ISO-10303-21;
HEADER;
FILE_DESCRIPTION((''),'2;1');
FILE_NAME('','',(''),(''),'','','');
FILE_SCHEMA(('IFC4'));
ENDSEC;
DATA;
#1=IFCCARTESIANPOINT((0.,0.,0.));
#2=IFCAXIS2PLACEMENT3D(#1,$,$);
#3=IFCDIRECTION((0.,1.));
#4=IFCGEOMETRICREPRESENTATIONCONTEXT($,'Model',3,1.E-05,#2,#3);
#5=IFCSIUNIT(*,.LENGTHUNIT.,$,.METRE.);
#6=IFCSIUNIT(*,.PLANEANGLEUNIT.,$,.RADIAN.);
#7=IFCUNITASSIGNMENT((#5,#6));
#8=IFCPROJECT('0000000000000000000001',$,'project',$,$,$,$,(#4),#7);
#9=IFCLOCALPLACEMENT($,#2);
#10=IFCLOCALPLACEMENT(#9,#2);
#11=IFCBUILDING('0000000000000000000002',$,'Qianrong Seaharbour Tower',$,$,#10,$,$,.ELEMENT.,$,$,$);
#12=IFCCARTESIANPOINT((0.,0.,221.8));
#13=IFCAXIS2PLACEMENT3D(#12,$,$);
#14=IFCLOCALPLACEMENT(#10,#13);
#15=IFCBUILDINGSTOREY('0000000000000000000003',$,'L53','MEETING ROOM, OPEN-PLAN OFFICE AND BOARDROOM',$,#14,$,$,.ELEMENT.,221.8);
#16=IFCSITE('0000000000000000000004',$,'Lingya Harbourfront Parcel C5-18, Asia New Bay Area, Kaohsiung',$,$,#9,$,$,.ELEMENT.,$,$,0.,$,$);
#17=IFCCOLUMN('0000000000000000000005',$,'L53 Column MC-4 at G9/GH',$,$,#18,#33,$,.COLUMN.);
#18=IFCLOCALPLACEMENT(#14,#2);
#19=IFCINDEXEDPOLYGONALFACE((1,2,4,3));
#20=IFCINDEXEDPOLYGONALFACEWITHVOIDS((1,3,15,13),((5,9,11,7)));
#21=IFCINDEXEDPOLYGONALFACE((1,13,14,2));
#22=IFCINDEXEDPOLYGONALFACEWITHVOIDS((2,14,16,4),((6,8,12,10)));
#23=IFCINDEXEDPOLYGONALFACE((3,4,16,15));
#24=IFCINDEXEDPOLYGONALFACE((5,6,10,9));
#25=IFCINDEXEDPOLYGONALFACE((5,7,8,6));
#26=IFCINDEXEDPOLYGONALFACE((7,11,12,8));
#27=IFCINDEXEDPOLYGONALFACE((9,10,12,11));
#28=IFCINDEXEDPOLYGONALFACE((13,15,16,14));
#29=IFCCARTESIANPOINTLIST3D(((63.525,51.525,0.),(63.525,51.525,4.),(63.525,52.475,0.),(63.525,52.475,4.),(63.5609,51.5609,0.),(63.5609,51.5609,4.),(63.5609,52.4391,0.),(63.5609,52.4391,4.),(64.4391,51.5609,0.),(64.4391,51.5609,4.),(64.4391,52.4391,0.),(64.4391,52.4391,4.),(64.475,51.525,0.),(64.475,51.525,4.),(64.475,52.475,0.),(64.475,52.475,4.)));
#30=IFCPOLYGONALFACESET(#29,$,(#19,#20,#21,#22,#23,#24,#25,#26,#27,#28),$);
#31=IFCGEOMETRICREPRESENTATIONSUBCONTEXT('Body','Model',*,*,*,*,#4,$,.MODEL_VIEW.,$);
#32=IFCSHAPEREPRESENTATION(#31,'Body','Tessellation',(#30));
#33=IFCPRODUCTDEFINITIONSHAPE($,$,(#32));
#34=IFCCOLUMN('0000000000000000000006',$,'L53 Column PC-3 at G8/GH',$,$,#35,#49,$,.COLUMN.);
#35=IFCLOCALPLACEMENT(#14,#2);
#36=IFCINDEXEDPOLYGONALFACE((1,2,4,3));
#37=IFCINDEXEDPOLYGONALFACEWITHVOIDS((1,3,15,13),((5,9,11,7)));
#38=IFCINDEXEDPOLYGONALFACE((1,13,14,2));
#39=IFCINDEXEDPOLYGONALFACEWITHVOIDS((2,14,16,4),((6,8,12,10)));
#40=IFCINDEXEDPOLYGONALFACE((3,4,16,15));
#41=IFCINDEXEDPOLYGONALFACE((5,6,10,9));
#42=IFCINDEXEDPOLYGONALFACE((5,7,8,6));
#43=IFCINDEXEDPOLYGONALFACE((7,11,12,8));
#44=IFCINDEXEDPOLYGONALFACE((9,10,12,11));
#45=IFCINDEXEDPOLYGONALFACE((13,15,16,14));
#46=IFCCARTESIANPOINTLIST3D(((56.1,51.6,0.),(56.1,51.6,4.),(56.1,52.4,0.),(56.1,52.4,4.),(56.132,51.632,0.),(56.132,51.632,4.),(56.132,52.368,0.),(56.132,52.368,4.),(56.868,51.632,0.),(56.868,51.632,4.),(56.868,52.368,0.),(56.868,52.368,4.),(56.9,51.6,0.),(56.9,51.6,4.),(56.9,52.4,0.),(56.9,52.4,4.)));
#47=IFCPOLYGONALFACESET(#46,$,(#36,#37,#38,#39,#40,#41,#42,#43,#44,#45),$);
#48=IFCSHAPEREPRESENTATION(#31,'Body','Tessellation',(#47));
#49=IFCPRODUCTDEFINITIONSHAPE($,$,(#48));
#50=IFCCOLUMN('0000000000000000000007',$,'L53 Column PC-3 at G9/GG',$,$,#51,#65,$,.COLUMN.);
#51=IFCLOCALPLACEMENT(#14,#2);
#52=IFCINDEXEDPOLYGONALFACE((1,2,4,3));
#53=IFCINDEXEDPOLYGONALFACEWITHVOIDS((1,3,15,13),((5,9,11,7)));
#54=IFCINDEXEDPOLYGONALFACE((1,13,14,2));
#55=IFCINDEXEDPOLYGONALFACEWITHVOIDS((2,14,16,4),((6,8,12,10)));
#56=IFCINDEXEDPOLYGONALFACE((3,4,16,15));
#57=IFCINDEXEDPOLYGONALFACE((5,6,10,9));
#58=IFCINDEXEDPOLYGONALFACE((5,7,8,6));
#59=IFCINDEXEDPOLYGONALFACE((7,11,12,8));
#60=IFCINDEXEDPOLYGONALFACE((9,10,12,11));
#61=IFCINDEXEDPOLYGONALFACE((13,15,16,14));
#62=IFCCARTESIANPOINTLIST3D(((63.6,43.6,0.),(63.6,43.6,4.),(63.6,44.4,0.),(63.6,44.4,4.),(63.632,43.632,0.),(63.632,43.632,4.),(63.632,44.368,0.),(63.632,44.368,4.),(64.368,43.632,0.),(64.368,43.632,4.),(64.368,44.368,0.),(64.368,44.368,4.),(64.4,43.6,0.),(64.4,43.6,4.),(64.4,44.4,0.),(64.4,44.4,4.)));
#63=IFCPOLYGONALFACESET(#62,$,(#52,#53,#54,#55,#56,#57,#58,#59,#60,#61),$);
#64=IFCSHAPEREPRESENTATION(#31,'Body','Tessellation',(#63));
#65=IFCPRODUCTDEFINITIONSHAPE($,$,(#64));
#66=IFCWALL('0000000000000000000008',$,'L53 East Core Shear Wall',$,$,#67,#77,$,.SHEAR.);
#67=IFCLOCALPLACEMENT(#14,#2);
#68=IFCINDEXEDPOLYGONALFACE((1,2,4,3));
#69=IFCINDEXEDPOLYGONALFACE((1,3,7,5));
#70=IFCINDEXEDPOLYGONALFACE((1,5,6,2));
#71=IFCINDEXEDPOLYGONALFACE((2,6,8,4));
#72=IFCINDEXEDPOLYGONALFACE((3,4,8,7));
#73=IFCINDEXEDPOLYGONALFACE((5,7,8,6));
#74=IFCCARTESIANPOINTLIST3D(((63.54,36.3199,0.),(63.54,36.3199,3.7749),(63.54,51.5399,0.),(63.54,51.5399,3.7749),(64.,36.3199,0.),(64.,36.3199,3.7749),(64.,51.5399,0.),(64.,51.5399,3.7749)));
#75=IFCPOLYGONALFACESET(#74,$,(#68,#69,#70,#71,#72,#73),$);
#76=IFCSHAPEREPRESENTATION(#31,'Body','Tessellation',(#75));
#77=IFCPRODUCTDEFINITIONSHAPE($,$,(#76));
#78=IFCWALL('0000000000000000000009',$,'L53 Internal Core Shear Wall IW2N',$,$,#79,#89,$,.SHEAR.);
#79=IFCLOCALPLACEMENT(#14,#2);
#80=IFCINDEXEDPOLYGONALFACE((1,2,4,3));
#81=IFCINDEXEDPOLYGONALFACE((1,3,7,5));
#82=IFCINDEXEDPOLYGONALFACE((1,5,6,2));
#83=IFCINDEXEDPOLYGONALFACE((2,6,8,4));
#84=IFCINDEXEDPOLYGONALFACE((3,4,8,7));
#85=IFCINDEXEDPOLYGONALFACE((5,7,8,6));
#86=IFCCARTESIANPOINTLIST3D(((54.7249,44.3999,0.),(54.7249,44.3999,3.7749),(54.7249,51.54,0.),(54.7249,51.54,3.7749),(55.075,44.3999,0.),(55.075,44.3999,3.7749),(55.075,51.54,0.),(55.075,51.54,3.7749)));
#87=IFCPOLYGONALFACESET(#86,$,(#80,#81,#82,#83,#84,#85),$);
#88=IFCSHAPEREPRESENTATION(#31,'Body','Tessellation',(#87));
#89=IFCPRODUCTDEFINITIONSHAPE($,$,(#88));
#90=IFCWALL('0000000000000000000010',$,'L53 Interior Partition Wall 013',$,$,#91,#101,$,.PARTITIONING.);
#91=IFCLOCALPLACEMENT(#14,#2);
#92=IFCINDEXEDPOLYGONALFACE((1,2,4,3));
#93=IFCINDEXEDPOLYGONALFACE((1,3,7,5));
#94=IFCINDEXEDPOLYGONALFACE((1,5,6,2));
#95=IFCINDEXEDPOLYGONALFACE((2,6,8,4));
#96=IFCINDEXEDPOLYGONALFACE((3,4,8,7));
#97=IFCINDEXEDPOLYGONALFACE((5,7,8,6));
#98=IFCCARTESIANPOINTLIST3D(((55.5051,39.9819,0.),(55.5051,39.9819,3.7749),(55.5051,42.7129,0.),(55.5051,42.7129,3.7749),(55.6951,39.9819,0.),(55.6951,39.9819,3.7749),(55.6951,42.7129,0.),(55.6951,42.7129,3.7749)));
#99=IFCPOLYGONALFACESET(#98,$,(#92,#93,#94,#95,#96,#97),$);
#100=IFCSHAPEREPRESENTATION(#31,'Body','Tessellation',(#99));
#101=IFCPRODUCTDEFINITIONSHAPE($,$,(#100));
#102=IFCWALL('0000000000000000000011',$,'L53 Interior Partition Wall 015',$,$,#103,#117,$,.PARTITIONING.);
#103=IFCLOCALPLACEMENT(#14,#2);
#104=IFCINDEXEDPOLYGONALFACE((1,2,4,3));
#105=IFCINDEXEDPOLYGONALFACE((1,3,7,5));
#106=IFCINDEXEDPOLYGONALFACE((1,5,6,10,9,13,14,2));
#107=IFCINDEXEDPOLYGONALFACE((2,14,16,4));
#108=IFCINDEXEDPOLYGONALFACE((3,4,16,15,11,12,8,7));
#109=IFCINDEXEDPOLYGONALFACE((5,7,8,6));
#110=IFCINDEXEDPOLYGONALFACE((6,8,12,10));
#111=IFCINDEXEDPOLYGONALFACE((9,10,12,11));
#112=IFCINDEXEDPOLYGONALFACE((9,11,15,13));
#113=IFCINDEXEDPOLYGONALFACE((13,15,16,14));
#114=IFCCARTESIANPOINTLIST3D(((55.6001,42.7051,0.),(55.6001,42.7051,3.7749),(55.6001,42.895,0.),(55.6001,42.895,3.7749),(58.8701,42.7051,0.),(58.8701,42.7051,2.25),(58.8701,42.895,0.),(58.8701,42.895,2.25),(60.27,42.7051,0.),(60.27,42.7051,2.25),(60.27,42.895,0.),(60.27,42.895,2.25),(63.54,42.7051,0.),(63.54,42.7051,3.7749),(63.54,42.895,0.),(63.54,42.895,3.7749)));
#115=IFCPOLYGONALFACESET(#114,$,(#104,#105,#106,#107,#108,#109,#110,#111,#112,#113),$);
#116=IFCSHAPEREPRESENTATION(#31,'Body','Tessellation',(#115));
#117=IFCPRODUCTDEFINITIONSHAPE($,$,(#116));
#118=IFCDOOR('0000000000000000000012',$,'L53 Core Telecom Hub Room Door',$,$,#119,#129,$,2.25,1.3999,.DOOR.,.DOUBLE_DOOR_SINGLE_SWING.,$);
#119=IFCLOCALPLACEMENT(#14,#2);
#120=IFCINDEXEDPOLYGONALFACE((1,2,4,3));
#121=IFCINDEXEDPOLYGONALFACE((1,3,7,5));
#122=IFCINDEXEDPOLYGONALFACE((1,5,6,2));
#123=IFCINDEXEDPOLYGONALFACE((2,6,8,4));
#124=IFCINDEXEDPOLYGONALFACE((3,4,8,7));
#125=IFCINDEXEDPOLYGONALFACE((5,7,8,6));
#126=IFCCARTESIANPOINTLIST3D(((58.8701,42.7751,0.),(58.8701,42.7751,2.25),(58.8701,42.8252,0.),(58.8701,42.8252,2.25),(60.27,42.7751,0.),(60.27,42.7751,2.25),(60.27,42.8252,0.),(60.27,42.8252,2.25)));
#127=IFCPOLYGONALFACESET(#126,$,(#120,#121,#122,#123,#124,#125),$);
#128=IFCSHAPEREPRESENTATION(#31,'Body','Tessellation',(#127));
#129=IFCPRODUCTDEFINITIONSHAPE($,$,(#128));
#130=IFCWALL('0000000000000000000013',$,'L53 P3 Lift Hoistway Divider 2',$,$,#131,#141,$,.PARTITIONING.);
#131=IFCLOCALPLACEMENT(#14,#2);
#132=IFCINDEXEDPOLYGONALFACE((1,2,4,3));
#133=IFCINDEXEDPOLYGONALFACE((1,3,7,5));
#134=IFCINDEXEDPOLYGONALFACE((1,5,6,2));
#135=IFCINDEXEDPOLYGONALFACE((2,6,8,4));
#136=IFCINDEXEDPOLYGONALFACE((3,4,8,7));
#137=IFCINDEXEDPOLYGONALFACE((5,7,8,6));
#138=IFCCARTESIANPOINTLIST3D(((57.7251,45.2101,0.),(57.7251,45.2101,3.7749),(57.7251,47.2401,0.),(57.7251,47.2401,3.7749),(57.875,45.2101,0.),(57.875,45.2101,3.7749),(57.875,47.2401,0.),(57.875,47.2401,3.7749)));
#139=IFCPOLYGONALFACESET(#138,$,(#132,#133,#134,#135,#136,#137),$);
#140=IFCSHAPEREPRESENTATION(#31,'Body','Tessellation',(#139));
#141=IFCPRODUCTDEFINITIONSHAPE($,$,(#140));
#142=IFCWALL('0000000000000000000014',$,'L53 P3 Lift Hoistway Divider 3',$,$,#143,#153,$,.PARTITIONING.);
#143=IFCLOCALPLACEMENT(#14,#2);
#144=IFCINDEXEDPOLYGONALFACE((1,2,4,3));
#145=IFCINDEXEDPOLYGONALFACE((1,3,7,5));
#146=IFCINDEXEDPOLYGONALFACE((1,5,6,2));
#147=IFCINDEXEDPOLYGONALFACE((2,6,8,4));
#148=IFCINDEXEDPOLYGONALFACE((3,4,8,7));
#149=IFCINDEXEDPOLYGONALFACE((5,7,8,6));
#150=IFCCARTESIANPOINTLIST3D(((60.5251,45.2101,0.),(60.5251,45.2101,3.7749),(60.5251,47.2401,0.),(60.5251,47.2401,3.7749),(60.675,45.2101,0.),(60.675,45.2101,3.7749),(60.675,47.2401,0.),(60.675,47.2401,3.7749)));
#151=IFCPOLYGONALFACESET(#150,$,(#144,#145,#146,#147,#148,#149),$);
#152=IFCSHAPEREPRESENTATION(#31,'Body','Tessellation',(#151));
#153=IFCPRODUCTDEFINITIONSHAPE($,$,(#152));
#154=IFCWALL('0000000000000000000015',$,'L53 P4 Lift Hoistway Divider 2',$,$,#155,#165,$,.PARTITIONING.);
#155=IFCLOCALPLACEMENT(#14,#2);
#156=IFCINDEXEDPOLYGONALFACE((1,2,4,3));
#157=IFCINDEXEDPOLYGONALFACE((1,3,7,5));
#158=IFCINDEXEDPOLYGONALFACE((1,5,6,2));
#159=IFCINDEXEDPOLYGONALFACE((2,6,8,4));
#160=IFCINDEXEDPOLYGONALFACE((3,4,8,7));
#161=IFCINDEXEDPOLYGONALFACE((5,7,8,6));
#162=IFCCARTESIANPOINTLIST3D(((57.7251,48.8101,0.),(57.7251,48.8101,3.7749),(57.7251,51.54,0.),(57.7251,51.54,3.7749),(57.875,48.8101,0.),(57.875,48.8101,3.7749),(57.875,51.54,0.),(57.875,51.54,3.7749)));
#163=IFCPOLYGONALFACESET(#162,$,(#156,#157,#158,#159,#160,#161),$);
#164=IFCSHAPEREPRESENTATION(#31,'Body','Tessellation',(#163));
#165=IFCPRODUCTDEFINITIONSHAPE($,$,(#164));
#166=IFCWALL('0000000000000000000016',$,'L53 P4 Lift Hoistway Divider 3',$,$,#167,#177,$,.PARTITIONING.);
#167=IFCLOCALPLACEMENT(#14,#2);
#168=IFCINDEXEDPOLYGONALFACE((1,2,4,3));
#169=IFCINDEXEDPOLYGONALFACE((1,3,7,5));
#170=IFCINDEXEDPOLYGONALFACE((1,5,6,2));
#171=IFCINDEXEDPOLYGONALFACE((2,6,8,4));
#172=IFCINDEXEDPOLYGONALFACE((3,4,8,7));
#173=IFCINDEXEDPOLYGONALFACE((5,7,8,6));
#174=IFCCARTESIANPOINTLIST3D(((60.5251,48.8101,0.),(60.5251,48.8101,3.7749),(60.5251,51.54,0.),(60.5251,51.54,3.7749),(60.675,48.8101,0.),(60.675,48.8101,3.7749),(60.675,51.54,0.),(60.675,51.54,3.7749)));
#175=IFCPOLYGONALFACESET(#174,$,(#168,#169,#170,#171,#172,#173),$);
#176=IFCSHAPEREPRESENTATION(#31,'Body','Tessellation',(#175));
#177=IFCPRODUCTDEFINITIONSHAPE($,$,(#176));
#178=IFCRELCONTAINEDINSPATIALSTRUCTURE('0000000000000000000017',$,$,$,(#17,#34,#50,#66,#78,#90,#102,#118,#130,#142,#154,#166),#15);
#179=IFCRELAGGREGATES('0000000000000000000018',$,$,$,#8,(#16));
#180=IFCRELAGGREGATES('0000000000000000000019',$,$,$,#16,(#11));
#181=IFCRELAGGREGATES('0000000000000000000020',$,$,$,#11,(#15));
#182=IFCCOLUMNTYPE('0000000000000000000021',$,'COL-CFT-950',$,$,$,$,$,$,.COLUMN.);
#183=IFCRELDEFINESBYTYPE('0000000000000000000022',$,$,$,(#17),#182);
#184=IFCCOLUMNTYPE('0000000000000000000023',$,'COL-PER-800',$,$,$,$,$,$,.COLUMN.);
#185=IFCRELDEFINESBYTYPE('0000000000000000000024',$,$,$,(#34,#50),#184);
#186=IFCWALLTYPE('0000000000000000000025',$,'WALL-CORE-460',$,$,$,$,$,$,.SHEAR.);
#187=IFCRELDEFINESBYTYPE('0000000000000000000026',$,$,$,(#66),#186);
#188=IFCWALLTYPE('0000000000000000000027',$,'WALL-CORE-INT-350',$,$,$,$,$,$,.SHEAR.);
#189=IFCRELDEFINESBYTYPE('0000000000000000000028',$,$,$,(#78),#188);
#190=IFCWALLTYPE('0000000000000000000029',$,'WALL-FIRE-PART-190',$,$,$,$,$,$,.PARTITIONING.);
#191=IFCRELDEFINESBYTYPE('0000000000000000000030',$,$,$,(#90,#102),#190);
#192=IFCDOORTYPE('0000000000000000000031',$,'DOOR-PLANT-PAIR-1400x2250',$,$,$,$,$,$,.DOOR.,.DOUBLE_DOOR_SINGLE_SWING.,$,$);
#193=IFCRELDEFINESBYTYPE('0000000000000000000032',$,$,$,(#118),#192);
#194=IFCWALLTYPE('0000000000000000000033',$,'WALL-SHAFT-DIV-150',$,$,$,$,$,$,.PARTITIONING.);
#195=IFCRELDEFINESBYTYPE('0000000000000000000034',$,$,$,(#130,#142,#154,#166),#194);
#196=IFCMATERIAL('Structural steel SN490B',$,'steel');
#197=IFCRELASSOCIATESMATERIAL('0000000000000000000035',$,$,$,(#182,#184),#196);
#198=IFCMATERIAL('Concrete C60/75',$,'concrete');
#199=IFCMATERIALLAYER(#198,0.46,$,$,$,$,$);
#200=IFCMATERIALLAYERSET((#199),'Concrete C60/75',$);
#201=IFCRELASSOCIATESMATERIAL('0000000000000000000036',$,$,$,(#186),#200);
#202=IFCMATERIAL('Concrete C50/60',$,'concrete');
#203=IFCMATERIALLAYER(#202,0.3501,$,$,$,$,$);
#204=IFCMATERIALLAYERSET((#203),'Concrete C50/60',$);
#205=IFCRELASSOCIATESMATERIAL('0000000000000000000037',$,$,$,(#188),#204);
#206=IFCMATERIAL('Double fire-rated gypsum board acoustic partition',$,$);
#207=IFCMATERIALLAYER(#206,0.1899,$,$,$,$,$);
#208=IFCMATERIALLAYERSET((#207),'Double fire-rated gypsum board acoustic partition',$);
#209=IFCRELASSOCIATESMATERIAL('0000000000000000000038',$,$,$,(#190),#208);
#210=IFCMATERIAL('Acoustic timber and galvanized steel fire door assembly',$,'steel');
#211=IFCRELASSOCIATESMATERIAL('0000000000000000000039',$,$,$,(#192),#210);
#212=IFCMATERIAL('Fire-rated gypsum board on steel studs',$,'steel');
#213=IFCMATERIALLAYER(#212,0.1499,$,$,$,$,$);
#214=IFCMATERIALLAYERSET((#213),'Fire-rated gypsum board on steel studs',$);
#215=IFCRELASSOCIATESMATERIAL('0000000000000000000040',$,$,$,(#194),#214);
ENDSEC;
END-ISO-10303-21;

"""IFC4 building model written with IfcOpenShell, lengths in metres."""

from ifc_helpers import new_model, si_unit, direction, frame, frame_2d, origin, origin_2d, place, context, subcontext, project, spatial, rectangle, hollow_rectangle, extrude, material, layer, layer_set, material_profile, profile_set, type_object, element, fill, save


model = new_model("IFC4")

# Units and contexts
model_context = context("Model", 3, precision=1e-05, world=origin(), true_north=direction((0.0, 1.0)))
body_context = subcontext(model_context, "Body", "Model", "MODEL_VIEW")
ifc_project = project(units=[si_unit("LENGTHUNIT", "METRE"), si_unit("PLANEANGLEUNIT", "RADIAN")], contexts=[model_context])

# Site, building, storey
site_placement = place(None, origin())
site = spatial("IfcSite", under=ifc_project, at=site_placement, Name="Lingya Harbourfront Parcel C5-18, Asia New Bay Area, Kaohsiung", CompositionType="ELEMENT", RefElevation=0.0)
building_placement = place(site_placement, origin())
building = spatial("IfcBuilding", under=site, at=building_placement, Name="Qianrong Seaharbour Tower", CompositionType="ELEMENT")
storey_placement = place(building_placement, frame((0.0, 0.0, 221.8)))
storey = spatial("IfcBuildingStorey", under=building, at=storey_placement, Name="L53", Description="MEETING ROOM, OPEN-PLAN OFFICE AND BOARDROOM", CompositionType="ELEMENT", Elevation=221.8)

# Columns
ifc_material_1 = material(Name="Structural steel SN490B", Category="steel")
ifc_material_profile_1 = material_profile(ifc_material_1, hollow_rectangle(XDim=0.95, YDim=0.95, WallThickness=0.0359, at=origin_2d()), Name="BOX950x950x36")
ifc_profile_set_1 = profile_set([ifc_material_profile_1], Name="Structural steel SN490B")
column_type_1 = type_object("IfcColumnType", Name="COL-CFT-950", PredefinedType="COLUMN", material=ifc_profile_set_1)
column_placement = place(storey_placement, frame((64.0, 52.0, 0.0), z_axis=(0.0, 0.0, 1.0), x_axis=(1.0, 0.0, 0.0)))
element("IfcColumn", 1, at=column_placement, inside=storey, type_object=column_type_1, Name="L53 Column MC-4 at G9/GH", PredefinedType="COLUMN", context=body_context, shape_type="SweptSolid", body=[
    extrude(hollow_rectangle(XDim=0.95, YDim=0.95, WallThickness=0.0359, at=origin_2d()), origin(), (0.0, 0.0, 1.0), 4.0),
])
ifc_material_profile_2 = material_profile(ifc_material_1, hollow_rectangle(XDim=0.8, YDim=0.8, WallThickness=0.032, at=origin_2d()), Name="BOX800x800x32")
ifc_profile_set_2 = profile_set([ifc_material_profile_2], Name="Structural steel SN490B")
column_type_2 = type_object("IfcColumnType", Name="COL-PER-800", PredefinedType="COLUMN", material=ifc_profile_set_2)
for number, where, z_axis, x_axis, name in (
    (2, (56.5, 52.0, 0.0), (0.0, 0.0, 1.0), (1.0, 0.0, 0.0), "L53 Column PC-3 at G8/GH"),
    (3, (64.0, 44.0, 0.0), (0.0, 0.0, 1.0), (1.0, 0.0, 0.0), "L53 Column PC-3 at G9/GG"),
):
    element("IfcColumn", number, at=place(storey_placement, frame(where, z_axis=z_axis, x_axis=x_axis)), inside=storey, type_object=column_type_2, Name=name, PredefinedType="COLUMN", context=body_context, shape_type="SweptSolid", body=[
        extrude(hollow_rectangle(XDim=0.8, YDim=0.8, WallThickness=0.032, at=origin_2d()), origin(), (0.0, 0.0, 1.0), 4.0),
    ])

# Walls
ifc_material_2 = material(Name="Concrete C60/75", Category="concrete")
ifc_layer_1 = layer(ifc_material_2, 0.46)
ifc_layer_set_1 = layer_set([ifc_layer_1], Name="Concrete C60/75")
wall_type_1 = type_object("IfcWallType", Name="WALL-CORE-460", PredefinedType="SHEAR", material=ifc_layer_set_1)
wall_1_placement = place(storey_placement, frame((63.77, 36.3201, 0.0), z_axis=(0.0, 0.0, 1.0), x_axis=(0.0, 1.0, 0.0)))
element("IfcWall", 4, at=wall_1_placement, inside=storey, type_object=wall_type_1, Name="L53 East Core Shear Wall", PredefinedType="SHEAR", context=body_context, shape_type="SweptSolid", body=[
    extrude(rectangle(XDim=15.22, YDim=0.46, at=frame_2d((7.6099, 0.0))), origin(), (0.0, 0.0, 1.0), 3.7749),
])
ifc_material_3 = material(Name="Concrete C50/60", Category="concrete")
ifc_layer_2 = layer(ifc_material_3, 0.3501)
ifc_layer_set_2 = layer_set([ifc_layer_2], Name="Concrete C50/60")
wall_type_2 = type_object("IfcWallType", Name="WALL-CORE-INT-350", PredefinedType="SHEAR", material=ifc_layer_set_2)
wall_2_placement = place(storey_placement, frame((54.8999, 44.3999, 0.0), z_axis=(0.0, 0.0, 1.0), x_axis=(0.0, 1.0, 0.0)))
element("IfcWall", 5, at=wall_2_placement, inside=storey, type_object=wall_type_2, Name="L53 Internal Core Shear Wall IW2N", PredefinedType="SHEAR", context=body_context, shape_type="SweptSolid", body=[
    extrude(rectangle(XDim=7.1401, YDim=0.3501, at=frame_2d((3.5701, 0.0))), origin(), (0.0, 0.0, 1.0), 3.7749),
])
ifc_material_4 = material(Name="Double fire-rated gypsum board acoustic partition")
ifc_layer_3 = layer(ifc_material_4, 0.1899)
ifc_layer_set_3 = layer_set([ifc_layer_3], Name="Double fire-rated gypsum board acoustic partition")
wall_type_3 = type_object("IfcWallType", Name="WALL-FIRE-PART-190", PredefinedType="PARTITIONING", material=ifc_layer_set_3)
wall_3_placement = place(storey_placement, frame((55.6001, 42.7129, 0.0), z_axis=(0.0, 0.0, 1.0), x_axis=(0.0, -1.0, 0.0)))
element("IfcWall", 6, at=wall_3_placement, inside=storey, type_object=wall_type_3, Name="L53 Interior Partition Wall 013", PredefinedType="PARTITIONING", context=body_context, shape_type="SweptSolid", body=[
    extrude(rectangle(XDim=2.731, YDim=0.1899, at=frame_2d((1.3655, 0.0))), origin(), (0.0, 0.0, 1.0), 3.7749),
])

# Wall, opening, door
wall_4_placement = place(storey_placement, frame((63.54, 42.8, 0.0), z_axis=(0.0, 0.0, 1.0), x_axis=(-1.0, 0.0, 0.0)))
wall_4 = element("IfcWall", 7, at=wall_4_placement, inside=storey, type_object=wall_type_3, Name="L53 Interior Partition Wall 015", PredefinedType="PARTITIONING", context=body_context, shape_type="SweptSolid", body=[
    extrude(rectangle(XDim=7.9399, YDim=0.1899, at=frame_2d((3.97, 0.0))), origin(), (0.0, 0.0, 1.0), 3.7749),
])
opening_1_placement = place(wall_4_placement, frame((3.27, 0.0, 0.0)))
opening_1 = element("IfcOpeningElement", 8, at=opening_1_placement, cuts=wall_4, PredefinedType="OPENING", context=body_context, shape_type="SweptSolid", body=[
    extrude(rectangle(XDim=1.3999, YDim=2.25, at=frame_2d((0.7, 1.125))), frame((0.0, 0.105, 0.0), z_axis=(0.0, -1.0, 0.0), x_axis=(1.0, 0.0, 0.0)), (0.0, 0.0, 1.0), 0.21),
])
ifc_material_5 = material(Name="Acoustic timber and galvanized steel fire door assembly", Category="steel")
door_type_1 = type_object("IfcDoorType", Name="DOOR-PLANT-PAIR-1400x2250", OperationType="DOUBLE_DOOR_SINGLE_SWING", PredefinedType="DOOR", material=ifc_material_5)
door_1_placement = place(opening_1_placement, origin())
door_1 = element("IfcDoor", 9, at=door_1_placement, inside=storey, type_object=door_type_1, Name="L53 Core Telecom Hub Room Door", OperationType="DOUBLE_DOOR_SINGLE_SWING", OverallHeight=2.25, OverallWidth=1.3999, PredefinedType="DOOR", context=body_context, shape_type="SweptSolid", body=[
    extrude(rectangle(XDim=1.3999, YDim=2.25, at=frame_2d((0.7, 1.125))), frame((0.0, 0.0249, 0.0), z_axis=(0.0, -1.0, 0.0), x_axis=(1.0, 0.0, 0.0)), (0.0, 0.0, 1.0), 0.05),
])
fill(opening_1, door_1)

# Walls
ifc_material_6 = material(Name="Fire-rated gypsum board on steel studs", Category="steel")
ifc_layer_4 = layer(ifc_material_6, 0.1499)
ifc_layer_set_4 = layer_set([ifc_layer_4], Name="Fire-rated gypsum board on steel studs")
wall_type_4 = type_object("IfcWallType", Name="WALL-SHAFT-DIV-150", PredefinedType="PARTITIONING", material=ifc_layer_set_4)
for number, where, z_axis, x_axis, name in (
    (10, (57.8, 45.21, 0.0), (0.0, 0.0, 1.0), (0.0, 1.0, 0.0), "L53 P3 Lift Hoistway Divider 2"),
    (11, (60.6001, 45.21, 0.0), (0.0, 0.0, 1.0), (0.0, 1.0, 0.0), "L53 P3 Lift Hoistway Divider 3"),
):
    element("IfcWall", number, at=place(storey_placement, frame(where, z_axis=z_axis, x_axis=x_axis)), inside=storey, type_object=wall_type_4, Name=name, PredefinedType="PARTITIONING", context=body_context, shape_type="SweptSolid", body=[
        extrude(rectangle(XDim=2.03, YDim=0.1499, at=frame_2d((1.0151, 0.0))), origin(), (0.0, 0.0, 1.0), 3.7749),
    ])
for number, where, z_axis, x_axis, name in (
    (12, (57.8, 48.8101, 0.0), (0.0, 0.0, 1.0), (0.0, 1.0, 0.0), "L53 P4 Lift Hoistway Divider 2"),
    (13, (60.6001, 48.8101, 0.0), (0.0, 0.0, 1.0), (0.0, 1.0, 0.0), "L53 P4 Lift Hoistway Divider 3"),
):
    element("IfcWall", number, at=place(storey_placement, frame(where, z_axis=z_axis, x_axis=x_axis)), inside=storey, type_object=wall_type_4, Name=name, PredefinedType="PARTITIONING", context=body_context, shape_type="SweptSolid", body=[
        extrude(rectangle(XDim=2.73, YDim=0.1499, at=frame_2d((1.365, 0.0))), origin(), (0.0, 0.0, 1.0), 3.7749),
    ])

save(model, "model.ifc")
